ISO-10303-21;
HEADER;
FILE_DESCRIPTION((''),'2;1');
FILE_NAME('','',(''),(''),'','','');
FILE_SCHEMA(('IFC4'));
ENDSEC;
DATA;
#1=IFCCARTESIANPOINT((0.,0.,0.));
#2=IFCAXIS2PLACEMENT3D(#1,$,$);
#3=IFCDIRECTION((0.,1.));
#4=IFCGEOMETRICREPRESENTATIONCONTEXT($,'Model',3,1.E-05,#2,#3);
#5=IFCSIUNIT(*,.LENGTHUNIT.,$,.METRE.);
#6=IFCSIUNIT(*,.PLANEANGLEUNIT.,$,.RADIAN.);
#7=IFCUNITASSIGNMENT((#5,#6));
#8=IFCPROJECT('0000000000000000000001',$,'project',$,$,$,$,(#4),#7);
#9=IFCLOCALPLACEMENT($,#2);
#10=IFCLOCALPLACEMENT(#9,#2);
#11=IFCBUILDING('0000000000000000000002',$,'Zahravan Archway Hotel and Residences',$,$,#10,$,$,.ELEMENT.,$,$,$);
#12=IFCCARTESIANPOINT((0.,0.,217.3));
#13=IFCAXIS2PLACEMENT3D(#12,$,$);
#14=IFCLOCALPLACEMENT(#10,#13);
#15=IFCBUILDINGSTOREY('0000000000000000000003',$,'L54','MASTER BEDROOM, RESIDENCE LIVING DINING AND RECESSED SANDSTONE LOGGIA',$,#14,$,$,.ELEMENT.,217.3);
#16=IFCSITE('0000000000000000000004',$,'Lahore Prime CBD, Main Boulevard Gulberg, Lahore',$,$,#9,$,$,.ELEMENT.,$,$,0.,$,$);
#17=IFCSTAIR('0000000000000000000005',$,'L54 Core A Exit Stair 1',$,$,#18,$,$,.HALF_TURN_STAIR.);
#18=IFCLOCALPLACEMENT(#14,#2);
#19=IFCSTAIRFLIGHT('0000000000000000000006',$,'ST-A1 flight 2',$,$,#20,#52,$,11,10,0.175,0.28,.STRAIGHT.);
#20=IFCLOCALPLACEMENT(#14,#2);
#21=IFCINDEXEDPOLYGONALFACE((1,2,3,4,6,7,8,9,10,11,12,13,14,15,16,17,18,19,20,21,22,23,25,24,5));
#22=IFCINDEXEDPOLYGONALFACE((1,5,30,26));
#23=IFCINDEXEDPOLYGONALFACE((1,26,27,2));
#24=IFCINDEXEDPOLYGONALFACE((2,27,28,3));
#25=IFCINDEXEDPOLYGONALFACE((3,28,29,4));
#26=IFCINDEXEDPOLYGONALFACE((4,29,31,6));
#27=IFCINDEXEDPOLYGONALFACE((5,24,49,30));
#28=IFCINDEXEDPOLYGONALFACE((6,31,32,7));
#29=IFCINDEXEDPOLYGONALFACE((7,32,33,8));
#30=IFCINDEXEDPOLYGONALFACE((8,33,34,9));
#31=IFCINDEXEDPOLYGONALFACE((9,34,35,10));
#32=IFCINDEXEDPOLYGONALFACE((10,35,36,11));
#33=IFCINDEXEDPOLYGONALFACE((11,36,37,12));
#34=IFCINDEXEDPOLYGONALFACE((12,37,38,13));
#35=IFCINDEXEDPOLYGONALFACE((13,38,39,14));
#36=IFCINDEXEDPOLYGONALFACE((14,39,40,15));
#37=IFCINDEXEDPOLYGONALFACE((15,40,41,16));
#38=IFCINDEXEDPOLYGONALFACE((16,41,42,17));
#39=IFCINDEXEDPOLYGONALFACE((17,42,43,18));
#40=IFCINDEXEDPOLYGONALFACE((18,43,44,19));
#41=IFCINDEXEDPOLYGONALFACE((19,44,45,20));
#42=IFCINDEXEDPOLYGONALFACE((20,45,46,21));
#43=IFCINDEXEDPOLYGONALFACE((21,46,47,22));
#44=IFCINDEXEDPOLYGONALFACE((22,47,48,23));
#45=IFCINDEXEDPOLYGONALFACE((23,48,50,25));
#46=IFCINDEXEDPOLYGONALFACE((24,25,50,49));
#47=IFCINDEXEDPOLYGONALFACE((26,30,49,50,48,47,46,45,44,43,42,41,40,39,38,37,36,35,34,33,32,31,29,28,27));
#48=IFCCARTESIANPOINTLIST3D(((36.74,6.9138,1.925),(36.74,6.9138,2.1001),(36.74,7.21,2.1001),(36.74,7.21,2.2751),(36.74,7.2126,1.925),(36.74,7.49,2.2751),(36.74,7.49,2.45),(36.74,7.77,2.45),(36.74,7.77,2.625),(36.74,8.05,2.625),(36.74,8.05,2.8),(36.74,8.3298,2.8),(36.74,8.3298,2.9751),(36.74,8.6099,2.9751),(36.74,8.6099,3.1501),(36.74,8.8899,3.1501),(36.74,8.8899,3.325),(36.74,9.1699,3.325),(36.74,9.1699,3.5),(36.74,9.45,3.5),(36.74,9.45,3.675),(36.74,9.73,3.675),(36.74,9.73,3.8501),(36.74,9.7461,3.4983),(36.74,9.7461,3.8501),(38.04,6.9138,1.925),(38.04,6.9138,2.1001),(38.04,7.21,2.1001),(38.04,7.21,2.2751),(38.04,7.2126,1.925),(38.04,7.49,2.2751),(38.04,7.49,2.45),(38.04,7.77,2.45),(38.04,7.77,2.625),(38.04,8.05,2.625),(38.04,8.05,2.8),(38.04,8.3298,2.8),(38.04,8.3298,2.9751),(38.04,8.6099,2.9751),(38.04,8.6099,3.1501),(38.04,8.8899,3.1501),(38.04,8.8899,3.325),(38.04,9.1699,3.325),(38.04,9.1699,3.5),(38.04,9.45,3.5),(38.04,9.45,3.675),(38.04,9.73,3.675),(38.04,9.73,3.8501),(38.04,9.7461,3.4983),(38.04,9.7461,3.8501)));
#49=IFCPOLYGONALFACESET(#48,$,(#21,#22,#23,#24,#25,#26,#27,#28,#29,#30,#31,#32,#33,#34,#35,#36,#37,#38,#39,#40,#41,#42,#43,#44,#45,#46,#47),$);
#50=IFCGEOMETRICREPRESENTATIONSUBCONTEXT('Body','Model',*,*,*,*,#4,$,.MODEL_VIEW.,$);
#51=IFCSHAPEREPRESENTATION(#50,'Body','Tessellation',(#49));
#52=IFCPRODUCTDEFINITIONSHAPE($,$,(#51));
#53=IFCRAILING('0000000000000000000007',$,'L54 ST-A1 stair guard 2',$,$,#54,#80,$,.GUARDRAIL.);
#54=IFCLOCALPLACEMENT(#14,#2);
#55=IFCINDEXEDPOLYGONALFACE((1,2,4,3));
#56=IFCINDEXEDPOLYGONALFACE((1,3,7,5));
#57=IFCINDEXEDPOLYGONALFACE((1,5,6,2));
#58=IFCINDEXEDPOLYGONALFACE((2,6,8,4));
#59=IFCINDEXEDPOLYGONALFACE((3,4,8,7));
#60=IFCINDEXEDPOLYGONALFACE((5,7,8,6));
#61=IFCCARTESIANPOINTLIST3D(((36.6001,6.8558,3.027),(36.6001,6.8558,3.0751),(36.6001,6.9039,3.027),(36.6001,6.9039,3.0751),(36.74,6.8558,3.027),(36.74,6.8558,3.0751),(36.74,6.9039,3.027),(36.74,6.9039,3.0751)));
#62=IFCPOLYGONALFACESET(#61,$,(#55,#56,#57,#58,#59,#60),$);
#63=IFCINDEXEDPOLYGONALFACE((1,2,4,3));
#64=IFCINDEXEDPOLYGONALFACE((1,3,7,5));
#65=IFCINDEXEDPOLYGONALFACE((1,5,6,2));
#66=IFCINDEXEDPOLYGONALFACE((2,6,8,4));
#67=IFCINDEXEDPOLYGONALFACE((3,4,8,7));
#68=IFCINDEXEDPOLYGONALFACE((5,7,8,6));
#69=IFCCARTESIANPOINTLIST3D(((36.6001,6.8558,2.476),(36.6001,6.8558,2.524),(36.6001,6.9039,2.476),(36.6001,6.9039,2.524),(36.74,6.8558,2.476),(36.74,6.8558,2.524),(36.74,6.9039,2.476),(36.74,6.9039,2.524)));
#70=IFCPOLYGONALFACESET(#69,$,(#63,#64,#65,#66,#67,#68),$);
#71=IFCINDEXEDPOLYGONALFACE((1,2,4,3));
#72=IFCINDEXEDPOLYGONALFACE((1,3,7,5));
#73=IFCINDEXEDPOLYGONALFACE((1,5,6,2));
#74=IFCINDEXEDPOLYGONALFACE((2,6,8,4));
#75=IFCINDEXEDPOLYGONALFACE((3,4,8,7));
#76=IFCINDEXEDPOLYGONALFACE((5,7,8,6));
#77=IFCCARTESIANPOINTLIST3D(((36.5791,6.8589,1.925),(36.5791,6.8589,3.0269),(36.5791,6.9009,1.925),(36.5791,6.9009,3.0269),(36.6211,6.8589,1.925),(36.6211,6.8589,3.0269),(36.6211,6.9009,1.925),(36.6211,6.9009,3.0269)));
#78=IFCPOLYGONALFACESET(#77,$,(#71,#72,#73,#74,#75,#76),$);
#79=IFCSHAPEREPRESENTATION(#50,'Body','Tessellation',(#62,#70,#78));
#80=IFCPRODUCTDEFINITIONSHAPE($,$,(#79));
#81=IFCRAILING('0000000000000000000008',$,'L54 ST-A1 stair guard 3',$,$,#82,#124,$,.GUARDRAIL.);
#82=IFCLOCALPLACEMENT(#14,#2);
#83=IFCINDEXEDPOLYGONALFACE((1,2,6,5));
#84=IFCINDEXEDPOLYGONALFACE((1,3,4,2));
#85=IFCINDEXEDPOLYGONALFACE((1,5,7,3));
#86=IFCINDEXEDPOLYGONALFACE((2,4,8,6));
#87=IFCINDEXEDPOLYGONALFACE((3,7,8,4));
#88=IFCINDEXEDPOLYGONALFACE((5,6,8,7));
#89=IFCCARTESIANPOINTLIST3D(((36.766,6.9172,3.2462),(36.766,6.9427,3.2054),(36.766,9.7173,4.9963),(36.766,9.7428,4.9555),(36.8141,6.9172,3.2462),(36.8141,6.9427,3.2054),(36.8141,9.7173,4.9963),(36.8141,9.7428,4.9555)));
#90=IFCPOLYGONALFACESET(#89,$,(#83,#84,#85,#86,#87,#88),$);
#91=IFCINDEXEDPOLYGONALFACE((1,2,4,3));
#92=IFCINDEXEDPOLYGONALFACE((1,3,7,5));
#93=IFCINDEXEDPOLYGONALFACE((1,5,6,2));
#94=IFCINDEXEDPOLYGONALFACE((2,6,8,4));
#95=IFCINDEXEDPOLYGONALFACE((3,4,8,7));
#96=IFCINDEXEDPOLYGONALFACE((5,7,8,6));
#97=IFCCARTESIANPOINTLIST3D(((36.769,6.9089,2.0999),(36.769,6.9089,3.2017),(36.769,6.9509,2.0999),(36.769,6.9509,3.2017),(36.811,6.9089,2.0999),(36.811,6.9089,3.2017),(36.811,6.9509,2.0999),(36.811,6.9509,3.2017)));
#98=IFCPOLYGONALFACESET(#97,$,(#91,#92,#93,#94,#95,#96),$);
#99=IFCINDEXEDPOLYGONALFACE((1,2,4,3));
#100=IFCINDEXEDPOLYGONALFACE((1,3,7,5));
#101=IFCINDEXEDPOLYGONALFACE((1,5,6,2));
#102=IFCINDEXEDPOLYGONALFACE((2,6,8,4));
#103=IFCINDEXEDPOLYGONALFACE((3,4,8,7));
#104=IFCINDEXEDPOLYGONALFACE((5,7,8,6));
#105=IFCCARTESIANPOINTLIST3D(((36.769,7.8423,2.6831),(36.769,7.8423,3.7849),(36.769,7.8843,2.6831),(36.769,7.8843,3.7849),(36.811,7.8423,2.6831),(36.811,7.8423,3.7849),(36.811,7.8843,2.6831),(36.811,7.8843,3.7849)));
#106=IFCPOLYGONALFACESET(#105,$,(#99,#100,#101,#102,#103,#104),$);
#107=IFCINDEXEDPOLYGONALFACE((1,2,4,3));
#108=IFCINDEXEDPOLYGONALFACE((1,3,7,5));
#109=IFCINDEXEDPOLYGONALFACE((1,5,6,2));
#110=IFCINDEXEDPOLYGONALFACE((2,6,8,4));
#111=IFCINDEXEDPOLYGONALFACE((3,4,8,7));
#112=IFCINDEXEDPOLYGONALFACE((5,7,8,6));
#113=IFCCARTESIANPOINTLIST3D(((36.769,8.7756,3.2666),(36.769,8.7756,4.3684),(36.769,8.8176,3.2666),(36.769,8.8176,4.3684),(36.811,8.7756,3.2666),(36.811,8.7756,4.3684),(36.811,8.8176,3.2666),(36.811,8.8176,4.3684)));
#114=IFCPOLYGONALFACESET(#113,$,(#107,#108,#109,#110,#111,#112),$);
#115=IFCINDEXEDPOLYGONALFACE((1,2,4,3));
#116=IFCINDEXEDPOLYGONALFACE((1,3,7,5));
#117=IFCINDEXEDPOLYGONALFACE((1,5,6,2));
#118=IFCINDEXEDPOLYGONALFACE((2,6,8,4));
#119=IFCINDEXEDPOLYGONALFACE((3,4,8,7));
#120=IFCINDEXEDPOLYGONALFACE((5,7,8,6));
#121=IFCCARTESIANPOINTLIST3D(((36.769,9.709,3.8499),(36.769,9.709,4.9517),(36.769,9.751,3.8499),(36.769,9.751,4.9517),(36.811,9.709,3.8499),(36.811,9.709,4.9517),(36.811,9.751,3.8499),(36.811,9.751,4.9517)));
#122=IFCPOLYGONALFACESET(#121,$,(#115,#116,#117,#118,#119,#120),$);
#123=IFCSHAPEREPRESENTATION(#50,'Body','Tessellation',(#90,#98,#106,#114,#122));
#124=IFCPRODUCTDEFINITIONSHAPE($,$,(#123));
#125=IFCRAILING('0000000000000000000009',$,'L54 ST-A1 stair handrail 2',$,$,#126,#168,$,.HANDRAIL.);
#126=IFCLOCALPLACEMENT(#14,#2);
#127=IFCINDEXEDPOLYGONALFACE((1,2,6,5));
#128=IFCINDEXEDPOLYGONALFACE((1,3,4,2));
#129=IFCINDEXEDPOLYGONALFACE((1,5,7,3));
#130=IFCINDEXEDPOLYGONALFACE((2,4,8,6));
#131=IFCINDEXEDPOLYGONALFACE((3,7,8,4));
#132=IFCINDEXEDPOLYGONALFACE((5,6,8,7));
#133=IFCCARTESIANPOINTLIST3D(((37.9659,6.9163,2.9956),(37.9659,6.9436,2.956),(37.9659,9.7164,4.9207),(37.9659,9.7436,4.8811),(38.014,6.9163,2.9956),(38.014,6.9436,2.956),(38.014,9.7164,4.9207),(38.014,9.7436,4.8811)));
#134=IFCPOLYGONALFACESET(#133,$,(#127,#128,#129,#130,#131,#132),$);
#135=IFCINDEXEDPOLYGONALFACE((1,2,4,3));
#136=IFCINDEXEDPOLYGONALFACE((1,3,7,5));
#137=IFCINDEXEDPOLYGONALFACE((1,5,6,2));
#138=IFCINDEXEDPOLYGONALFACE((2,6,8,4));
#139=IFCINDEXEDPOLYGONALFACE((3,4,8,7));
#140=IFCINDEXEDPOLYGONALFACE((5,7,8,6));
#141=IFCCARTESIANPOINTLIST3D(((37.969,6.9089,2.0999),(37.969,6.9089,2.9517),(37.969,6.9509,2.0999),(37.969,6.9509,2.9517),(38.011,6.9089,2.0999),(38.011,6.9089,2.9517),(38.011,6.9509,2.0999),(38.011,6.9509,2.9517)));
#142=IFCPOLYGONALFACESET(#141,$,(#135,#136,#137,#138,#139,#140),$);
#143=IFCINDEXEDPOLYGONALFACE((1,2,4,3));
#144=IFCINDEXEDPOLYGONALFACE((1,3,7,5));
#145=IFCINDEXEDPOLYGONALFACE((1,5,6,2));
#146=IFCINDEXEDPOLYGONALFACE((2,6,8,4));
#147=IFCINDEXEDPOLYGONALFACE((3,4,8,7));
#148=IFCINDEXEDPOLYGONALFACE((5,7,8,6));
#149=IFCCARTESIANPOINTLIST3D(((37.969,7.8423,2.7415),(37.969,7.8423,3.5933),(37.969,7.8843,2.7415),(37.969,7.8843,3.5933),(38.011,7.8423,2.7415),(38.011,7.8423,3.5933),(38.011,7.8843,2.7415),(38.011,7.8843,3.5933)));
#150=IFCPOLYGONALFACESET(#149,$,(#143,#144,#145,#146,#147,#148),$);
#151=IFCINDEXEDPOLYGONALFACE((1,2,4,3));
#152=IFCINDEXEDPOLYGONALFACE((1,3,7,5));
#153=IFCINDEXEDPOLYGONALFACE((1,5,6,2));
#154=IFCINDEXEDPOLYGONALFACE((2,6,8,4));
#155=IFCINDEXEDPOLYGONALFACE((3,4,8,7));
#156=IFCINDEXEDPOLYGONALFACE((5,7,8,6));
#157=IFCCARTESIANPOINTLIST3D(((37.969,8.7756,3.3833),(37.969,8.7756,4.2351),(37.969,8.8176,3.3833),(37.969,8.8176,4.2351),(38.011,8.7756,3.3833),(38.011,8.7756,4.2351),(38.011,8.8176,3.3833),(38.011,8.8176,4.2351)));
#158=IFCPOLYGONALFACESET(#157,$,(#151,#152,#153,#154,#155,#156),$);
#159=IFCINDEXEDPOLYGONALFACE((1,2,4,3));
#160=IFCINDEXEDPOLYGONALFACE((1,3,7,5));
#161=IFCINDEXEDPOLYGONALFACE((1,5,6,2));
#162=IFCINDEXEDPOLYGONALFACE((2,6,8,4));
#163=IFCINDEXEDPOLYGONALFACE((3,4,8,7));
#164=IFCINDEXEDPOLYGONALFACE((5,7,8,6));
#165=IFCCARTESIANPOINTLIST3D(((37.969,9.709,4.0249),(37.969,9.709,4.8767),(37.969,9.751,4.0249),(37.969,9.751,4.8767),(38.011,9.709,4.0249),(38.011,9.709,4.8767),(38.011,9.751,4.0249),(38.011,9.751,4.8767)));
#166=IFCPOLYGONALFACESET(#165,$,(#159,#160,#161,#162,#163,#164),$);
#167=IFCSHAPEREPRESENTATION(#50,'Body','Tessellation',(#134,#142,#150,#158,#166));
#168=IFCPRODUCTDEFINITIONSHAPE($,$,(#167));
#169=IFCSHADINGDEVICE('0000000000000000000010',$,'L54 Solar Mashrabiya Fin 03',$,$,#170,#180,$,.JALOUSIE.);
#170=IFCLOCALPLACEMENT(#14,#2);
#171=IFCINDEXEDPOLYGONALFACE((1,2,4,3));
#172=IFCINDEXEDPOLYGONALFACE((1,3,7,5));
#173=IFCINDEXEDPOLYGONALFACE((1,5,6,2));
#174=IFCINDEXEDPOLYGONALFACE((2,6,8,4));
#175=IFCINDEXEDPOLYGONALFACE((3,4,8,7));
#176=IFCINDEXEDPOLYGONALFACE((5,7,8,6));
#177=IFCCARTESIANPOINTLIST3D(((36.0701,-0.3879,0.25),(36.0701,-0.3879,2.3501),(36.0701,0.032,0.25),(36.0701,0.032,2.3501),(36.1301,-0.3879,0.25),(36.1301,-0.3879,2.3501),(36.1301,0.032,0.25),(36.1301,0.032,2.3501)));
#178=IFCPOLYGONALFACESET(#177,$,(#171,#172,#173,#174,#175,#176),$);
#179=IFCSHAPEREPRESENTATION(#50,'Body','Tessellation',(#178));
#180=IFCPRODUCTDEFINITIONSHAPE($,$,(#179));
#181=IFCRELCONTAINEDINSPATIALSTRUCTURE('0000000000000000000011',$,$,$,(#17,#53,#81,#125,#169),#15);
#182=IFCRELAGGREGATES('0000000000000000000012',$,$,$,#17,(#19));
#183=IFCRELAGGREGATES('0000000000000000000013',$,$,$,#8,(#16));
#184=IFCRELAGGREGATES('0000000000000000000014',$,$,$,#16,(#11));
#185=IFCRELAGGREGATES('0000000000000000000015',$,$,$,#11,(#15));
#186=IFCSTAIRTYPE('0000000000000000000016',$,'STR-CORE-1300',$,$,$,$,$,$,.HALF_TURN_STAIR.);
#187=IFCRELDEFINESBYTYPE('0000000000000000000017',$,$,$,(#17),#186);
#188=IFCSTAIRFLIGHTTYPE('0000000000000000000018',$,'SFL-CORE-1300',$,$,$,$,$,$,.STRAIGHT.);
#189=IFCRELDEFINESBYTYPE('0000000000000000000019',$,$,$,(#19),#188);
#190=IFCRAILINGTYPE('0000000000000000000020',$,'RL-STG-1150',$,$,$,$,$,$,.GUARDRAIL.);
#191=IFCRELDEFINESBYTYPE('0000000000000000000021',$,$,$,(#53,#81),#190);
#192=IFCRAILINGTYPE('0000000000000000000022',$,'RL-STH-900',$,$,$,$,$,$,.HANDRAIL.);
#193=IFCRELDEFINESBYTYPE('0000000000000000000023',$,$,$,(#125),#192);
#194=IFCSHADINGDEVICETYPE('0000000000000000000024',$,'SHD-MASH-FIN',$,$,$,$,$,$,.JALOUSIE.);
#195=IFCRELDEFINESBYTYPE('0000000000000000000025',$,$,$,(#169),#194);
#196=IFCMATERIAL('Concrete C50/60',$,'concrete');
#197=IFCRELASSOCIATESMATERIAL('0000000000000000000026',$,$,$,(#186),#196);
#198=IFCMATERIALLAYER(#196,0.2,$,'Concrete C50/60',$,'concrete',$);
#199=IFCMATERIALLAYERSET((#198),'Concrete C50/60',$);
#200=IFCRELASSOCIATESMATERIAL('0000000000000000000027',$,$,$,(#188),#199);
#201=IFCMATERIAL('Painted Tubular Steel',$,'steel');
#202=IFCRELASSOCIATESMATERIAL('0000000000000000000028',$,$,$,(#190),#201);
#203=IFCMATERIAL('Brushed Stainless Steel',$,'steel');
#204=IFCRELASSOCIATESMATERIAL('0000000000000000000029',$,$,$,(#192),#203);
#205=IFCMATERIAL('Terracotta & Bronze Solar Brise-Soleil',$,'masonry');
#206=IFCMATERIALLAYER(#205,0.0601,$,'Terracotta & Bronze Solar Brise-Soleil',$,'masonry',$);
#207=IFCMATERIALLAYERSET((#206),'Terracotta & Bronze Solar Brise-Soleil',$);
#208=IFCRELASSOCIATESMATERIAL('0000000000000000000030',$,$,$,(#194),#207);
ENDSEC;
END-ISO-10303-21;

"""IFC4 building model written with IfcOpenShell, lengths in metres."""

from ifc_helpers import new_model, si_unit, direction, frame, origin, origin_2d, place, context, subcontext, project, spatial, polyline, rectangle, outline, extrude, source, transform, mapped, material, layer, layer_set, type_object, type_shapes, element, aggregate, save


model = new_model("IFC4")

# Units and contexts
model_context = context("Model", 3, precision=1e-05, world=origin(), true_north=direction((0.0, 1.0)))
body_context = subcontext(model_context, "Body", "Model", "MODEL_VIEW")
ifc_project = project(units=[si_unit("LENGTHUNIT", "METRE"), si_unit("PLANEANGLEUNIT", "RADIAN")], contexts=[model_context])

# Site, building, storey
site_placement = place(None, origin())
site = spatial("IfcSite", under=ifc_project, at=site_placement, Name="Lahore Prime CBD, Main Boulevard Gulberg, Lahore", CompositionType="ELEMENT", RefElevation=0.0)
building_placement = place(site_placement, origin())
building = spatial("IfcBuilding", under=site, at=building_placement, Name="Zahravan Archway Hotel and Residences", CompositionType="ELEMENT")
storey_placement = place(building_placement, frame((0.0, 0.0, 217.3)))
storey = spatial("IfcBuildingStorey", under=building, at=storey_placement, Name="L54", Description="MASTER BEDROOM, RESIDENCE LIVING DINING AND RECESSED SANDSTONE LOGGIA", CompositionType="ELEMENT", Elevation=217.3)

# Shared definitions
ifc_material_1 = material(Name="Brushed Stainless Steel", Category="steel")

# Shared definitions
ifc_material_2 = material(Name="Concrete C50/60", Category="concrete")

# Stair, stair flight
stair_type = type_object("IfcStairType", Name="STR-CORE-1300", PredefinedType="HALF_TURN_STAIR", material=ifc_material_2)
stair_placement = place(storey_placement, origin())
stair = element("IfcStair", 1, at=stair_placement, inside=storey, type_object=stair_type, Name="L54 Core A Exit Stair 1", PredefinedType="HALF_TURN_STAIR")
ifc_layer_1 = layer(ifc_material_2, 0.2, Name="Concrete C50/60", Category="concrete")
ifc_layer_set_1 = layer_set([ifc_layer_1], Name="Concrete C50/60")
stair_flight_type = type_object("IfcStairFlightType", Name="SFL-CORE-1300", PredefinedType="STRAIGHT", material=ifc_layer_set_1)
shared_shape_1 = source(origin(), body_context, "Body", "SweptSolid", [
    extrude(outline(polyline([(-0.0161, 0.0), (-0.0161, 0.175), (0.28, 0.175), (0.28, 0.3501), (0.5601, 0.3501), (0.5601, 0.5249), (0.8401, 0.5249), (0.8401, 0.7), (1.1201, 0.7), (1.1201, 0.875), (1.3999, 0.875), (1.3999, 1.05), (1.6799, 1.05), (1.6799, 1.2251), (1.96, 1.2251), (1.96, 1.3999), (2.24, 1.3999), (2.24, 1.575), (2.52, 1.575), (2.52, 1.75), (2.8, 1.75), (2.8, 1.925), (2.8162, 1.925), (2.8162, 1.5732), (0.2827, 0.0), (-0.0161, 0.0)])), frame((0.0, 0.6499, 0.0), z_axis=(0.0, -1.0, 0.0), x_axis=(1.0, 0.0, 0.0)), (0.0, 0.0, 1.0), 1.3),
])
stair_flight_placement = place(storey_placement, frame((37.3899, 6.9299, 1.925), z_axis=(0.0, 0.0, 1.0), x_axis=(0.0, 1.0, 0.0)))
stair_flight = element("IfcStairFlight", 2, at=stair_flight_placement, type_object=stair_flight_type, Name="ST-A1 flight 2", NumberOfRisers=11, NumberOfTreads=10, PredefinedType="STRAIGHT", RiserHeight=0.175, TreadLength=0.28, context=body_context, shape_type="MappedRepresentation", body=[
    mapped(shared_shape_1, transform((0.0, 0.0, 0.0), scale=1.0)),
])
aggregate(stair, [stair_flight])

# Railings
ifc_material_3 = material(Name="Painted Tubular Steel", Category="steel")
railing_type_1 = type_object("IfcRailingType", Name="RL-STG-1150", PredefinedType="GUARDRAIL", material=ifc_material_3)
railing_1_placement = place(storey_placement, frame((36.6001, 6.8799, 1.925)))
element("IfcRailing", 3, at=railing_1_placement, inside=storey, type_object=railing_type_1, Name="L54 ST-A1 stair guard 2", PredefinedType="GUARDRAIL", context=body_context, shape_type="SweptSolid", body=[
    extrude(rectangle(XDim=0.0481, YDim=0.0481, at=origin_2d()), frame((0.0, 0.0, 1.126), z_axis=(1.0, 0.0, 0.0), x_axis=(0.0, 1.0, 0.0)), (0.0, 0.0, 1.0), 0.1399),
    extrude(rectangle(XDim=0.0481, YDim=0.0481, at=origin_2d()), frame((0.0, 0.0, 0.575), z_axis=(1.0, 0.0, 0.0), x_axis=(0.0, 1.0, 0.0)), (0.0, 0.0, 1.0), 0.1399),
    extrude(rectangle(XDim=0.042, YDim=0.042, at=origin_2d()), origin(), (0.0, 0.0, 1.0), 1.1018),
])
railing_2_placement = place(storey_placement, frame((36.79, 6.9299, 2.0999)))
element("IfcRailing", 4, at=railing_2_placement, inside=storey, type_object=railing_type_1, Name="L54 ST-A1 stair guard 3", PredefinedType="GUARDRAIL", context=body_context, shape_type="SweptSolid", body=[
    extrude(rectangle(XDim=0.0481, YDim=0.0481, at=origin_2d()), frame((0.0, 0.0, 1.126), z_axis=(0.0, 0.848002, 0.529992), x_axis=(-1.0, 0.0, 0.0)), (0.0, 0.0, 1.0), 3.302),
    extrude(rectangle(XDim=0.042, YDim=0.042, at=origin_2d()), origin(), (0.0, 0.0, 1.0), 1.1018),
    extrude(rectangle(XDim=0.042, YDim=0.042, at=origin_2d()), frame((0.0, 0.9333, 0.5833)), (0.0, 0.0, 1.0), 1.1018),
    extrude(rectangle(XDim=0.042, YDim=0.042, at=origin_2d()), frame((0.0, 1.8667, 1.1667)), (0.0, 0.0, 1.0), 1.1018),
    extrude(rectangle(XDim=0.042, YDim=0.042, at=origin_2d()), frame((0.0, 2.8, 1.75)), (0.0, 0.0, 1.0), 1.1018),
])
railing_type_2 = type_object("IfcRailingType", Name="RL-STH-900", PredefinedType="HANDRAIL", material=ifc_material_1)
railing_3_placement = place(storey_placement, frame((37.99, 6.9299, 2.0999)))
element("IfcRailing", 5, at=railing_3_placement, inside=storey, type_object=railing_type_2, Name="L54 ST-A1 stair handrail 2", PredefinedType="HANDRAIL", context=body_context, shape_type="SweptSolid", body=[
    extrude(rectangle(XDim=0.0481, YDim=0.0481, at=origin_2d()), frame((0.0, 0.0, 0.876), z_axis=(0.0, 0.82404, 0.566532), x_axis=(-1.0, 0.0, 0.0)), (0.0, 0.0, 1.0), 3.3979),
    extrude(rectangle(XDim=0.042, YDim=0.042, at=origin_2d()), origin(), (0.0, 0.0, 1.0), 0.8518),
    extrude(rectangle(XDim=0.042, YDim=0.042, at=origin_2d()), frame((0.0, 0.9333, 0.6416)), (0.0, 0.0, 1.0), 0.8518),
    extrude(rectangle(XDim=0.042, YDim=0.042, at=origin_2d()), frame((0.0, 1.8667, 1.2834)), (0.0, 0.0, 1.0), 0.8518),
    extrude(rectangle(XDim=0.042, YDim=0.042, at=origin_2d()), frame((0.0, 2.8, 1.925)), (0.0, 0.0, 1.0), 0.8518),
])

# Shading device
ifc_material_4 = material(Name="Terracotta & Bronze Solar Brise-Soleil", Category="masonry")
ifc_layer_2 = layer(ifc_material_4, 0.0601, Name="Terracotta & Bronze Solar Brise-Soleil", Category="masonry")
ifc_layer_set_2 = layer_set([ifc_layer_2], Name="Terracotta & Bronze Solar Brise-Soleil")
shading_device_type = type_object("IfcShadingDeviceType", Name="SHD-MASH-FIN", PredefinedType="JALOUSIE", material=ifc_layer_set_2)
shared_shape_2 = source(origin(), body_context, "Body", "SweptSolid", [
    extrude(rectangle(XDim=0.0601, YDim=0.4199, at=origin_2d()), origin(), (0.0, 0.0, 1.0), 2.1001),
])
type_shapes(shading_device_type, [shared_shape_2])
shading_device_placement = place(storey_placement, frame((36.1001, -0.178, 0.25), z_axis=(0.0, 0.0, 1.0), x_axis=(1.0, 0.0, 0.0)))
element("IfcShadingDevice", 6, at=shading_device_placement, inside=storey, type_object=shading_device_type, Name="L54 Solar Mashrabiya Fin 03", PredefinedType="JALOUSIE", context=body_context, shape_type="MappedRepresentation", body=[
    mapped(shared_shape_2, transform((0.0, 0.0, 0.0), scale=1.0)),
])

save(model, "model.ifc")
